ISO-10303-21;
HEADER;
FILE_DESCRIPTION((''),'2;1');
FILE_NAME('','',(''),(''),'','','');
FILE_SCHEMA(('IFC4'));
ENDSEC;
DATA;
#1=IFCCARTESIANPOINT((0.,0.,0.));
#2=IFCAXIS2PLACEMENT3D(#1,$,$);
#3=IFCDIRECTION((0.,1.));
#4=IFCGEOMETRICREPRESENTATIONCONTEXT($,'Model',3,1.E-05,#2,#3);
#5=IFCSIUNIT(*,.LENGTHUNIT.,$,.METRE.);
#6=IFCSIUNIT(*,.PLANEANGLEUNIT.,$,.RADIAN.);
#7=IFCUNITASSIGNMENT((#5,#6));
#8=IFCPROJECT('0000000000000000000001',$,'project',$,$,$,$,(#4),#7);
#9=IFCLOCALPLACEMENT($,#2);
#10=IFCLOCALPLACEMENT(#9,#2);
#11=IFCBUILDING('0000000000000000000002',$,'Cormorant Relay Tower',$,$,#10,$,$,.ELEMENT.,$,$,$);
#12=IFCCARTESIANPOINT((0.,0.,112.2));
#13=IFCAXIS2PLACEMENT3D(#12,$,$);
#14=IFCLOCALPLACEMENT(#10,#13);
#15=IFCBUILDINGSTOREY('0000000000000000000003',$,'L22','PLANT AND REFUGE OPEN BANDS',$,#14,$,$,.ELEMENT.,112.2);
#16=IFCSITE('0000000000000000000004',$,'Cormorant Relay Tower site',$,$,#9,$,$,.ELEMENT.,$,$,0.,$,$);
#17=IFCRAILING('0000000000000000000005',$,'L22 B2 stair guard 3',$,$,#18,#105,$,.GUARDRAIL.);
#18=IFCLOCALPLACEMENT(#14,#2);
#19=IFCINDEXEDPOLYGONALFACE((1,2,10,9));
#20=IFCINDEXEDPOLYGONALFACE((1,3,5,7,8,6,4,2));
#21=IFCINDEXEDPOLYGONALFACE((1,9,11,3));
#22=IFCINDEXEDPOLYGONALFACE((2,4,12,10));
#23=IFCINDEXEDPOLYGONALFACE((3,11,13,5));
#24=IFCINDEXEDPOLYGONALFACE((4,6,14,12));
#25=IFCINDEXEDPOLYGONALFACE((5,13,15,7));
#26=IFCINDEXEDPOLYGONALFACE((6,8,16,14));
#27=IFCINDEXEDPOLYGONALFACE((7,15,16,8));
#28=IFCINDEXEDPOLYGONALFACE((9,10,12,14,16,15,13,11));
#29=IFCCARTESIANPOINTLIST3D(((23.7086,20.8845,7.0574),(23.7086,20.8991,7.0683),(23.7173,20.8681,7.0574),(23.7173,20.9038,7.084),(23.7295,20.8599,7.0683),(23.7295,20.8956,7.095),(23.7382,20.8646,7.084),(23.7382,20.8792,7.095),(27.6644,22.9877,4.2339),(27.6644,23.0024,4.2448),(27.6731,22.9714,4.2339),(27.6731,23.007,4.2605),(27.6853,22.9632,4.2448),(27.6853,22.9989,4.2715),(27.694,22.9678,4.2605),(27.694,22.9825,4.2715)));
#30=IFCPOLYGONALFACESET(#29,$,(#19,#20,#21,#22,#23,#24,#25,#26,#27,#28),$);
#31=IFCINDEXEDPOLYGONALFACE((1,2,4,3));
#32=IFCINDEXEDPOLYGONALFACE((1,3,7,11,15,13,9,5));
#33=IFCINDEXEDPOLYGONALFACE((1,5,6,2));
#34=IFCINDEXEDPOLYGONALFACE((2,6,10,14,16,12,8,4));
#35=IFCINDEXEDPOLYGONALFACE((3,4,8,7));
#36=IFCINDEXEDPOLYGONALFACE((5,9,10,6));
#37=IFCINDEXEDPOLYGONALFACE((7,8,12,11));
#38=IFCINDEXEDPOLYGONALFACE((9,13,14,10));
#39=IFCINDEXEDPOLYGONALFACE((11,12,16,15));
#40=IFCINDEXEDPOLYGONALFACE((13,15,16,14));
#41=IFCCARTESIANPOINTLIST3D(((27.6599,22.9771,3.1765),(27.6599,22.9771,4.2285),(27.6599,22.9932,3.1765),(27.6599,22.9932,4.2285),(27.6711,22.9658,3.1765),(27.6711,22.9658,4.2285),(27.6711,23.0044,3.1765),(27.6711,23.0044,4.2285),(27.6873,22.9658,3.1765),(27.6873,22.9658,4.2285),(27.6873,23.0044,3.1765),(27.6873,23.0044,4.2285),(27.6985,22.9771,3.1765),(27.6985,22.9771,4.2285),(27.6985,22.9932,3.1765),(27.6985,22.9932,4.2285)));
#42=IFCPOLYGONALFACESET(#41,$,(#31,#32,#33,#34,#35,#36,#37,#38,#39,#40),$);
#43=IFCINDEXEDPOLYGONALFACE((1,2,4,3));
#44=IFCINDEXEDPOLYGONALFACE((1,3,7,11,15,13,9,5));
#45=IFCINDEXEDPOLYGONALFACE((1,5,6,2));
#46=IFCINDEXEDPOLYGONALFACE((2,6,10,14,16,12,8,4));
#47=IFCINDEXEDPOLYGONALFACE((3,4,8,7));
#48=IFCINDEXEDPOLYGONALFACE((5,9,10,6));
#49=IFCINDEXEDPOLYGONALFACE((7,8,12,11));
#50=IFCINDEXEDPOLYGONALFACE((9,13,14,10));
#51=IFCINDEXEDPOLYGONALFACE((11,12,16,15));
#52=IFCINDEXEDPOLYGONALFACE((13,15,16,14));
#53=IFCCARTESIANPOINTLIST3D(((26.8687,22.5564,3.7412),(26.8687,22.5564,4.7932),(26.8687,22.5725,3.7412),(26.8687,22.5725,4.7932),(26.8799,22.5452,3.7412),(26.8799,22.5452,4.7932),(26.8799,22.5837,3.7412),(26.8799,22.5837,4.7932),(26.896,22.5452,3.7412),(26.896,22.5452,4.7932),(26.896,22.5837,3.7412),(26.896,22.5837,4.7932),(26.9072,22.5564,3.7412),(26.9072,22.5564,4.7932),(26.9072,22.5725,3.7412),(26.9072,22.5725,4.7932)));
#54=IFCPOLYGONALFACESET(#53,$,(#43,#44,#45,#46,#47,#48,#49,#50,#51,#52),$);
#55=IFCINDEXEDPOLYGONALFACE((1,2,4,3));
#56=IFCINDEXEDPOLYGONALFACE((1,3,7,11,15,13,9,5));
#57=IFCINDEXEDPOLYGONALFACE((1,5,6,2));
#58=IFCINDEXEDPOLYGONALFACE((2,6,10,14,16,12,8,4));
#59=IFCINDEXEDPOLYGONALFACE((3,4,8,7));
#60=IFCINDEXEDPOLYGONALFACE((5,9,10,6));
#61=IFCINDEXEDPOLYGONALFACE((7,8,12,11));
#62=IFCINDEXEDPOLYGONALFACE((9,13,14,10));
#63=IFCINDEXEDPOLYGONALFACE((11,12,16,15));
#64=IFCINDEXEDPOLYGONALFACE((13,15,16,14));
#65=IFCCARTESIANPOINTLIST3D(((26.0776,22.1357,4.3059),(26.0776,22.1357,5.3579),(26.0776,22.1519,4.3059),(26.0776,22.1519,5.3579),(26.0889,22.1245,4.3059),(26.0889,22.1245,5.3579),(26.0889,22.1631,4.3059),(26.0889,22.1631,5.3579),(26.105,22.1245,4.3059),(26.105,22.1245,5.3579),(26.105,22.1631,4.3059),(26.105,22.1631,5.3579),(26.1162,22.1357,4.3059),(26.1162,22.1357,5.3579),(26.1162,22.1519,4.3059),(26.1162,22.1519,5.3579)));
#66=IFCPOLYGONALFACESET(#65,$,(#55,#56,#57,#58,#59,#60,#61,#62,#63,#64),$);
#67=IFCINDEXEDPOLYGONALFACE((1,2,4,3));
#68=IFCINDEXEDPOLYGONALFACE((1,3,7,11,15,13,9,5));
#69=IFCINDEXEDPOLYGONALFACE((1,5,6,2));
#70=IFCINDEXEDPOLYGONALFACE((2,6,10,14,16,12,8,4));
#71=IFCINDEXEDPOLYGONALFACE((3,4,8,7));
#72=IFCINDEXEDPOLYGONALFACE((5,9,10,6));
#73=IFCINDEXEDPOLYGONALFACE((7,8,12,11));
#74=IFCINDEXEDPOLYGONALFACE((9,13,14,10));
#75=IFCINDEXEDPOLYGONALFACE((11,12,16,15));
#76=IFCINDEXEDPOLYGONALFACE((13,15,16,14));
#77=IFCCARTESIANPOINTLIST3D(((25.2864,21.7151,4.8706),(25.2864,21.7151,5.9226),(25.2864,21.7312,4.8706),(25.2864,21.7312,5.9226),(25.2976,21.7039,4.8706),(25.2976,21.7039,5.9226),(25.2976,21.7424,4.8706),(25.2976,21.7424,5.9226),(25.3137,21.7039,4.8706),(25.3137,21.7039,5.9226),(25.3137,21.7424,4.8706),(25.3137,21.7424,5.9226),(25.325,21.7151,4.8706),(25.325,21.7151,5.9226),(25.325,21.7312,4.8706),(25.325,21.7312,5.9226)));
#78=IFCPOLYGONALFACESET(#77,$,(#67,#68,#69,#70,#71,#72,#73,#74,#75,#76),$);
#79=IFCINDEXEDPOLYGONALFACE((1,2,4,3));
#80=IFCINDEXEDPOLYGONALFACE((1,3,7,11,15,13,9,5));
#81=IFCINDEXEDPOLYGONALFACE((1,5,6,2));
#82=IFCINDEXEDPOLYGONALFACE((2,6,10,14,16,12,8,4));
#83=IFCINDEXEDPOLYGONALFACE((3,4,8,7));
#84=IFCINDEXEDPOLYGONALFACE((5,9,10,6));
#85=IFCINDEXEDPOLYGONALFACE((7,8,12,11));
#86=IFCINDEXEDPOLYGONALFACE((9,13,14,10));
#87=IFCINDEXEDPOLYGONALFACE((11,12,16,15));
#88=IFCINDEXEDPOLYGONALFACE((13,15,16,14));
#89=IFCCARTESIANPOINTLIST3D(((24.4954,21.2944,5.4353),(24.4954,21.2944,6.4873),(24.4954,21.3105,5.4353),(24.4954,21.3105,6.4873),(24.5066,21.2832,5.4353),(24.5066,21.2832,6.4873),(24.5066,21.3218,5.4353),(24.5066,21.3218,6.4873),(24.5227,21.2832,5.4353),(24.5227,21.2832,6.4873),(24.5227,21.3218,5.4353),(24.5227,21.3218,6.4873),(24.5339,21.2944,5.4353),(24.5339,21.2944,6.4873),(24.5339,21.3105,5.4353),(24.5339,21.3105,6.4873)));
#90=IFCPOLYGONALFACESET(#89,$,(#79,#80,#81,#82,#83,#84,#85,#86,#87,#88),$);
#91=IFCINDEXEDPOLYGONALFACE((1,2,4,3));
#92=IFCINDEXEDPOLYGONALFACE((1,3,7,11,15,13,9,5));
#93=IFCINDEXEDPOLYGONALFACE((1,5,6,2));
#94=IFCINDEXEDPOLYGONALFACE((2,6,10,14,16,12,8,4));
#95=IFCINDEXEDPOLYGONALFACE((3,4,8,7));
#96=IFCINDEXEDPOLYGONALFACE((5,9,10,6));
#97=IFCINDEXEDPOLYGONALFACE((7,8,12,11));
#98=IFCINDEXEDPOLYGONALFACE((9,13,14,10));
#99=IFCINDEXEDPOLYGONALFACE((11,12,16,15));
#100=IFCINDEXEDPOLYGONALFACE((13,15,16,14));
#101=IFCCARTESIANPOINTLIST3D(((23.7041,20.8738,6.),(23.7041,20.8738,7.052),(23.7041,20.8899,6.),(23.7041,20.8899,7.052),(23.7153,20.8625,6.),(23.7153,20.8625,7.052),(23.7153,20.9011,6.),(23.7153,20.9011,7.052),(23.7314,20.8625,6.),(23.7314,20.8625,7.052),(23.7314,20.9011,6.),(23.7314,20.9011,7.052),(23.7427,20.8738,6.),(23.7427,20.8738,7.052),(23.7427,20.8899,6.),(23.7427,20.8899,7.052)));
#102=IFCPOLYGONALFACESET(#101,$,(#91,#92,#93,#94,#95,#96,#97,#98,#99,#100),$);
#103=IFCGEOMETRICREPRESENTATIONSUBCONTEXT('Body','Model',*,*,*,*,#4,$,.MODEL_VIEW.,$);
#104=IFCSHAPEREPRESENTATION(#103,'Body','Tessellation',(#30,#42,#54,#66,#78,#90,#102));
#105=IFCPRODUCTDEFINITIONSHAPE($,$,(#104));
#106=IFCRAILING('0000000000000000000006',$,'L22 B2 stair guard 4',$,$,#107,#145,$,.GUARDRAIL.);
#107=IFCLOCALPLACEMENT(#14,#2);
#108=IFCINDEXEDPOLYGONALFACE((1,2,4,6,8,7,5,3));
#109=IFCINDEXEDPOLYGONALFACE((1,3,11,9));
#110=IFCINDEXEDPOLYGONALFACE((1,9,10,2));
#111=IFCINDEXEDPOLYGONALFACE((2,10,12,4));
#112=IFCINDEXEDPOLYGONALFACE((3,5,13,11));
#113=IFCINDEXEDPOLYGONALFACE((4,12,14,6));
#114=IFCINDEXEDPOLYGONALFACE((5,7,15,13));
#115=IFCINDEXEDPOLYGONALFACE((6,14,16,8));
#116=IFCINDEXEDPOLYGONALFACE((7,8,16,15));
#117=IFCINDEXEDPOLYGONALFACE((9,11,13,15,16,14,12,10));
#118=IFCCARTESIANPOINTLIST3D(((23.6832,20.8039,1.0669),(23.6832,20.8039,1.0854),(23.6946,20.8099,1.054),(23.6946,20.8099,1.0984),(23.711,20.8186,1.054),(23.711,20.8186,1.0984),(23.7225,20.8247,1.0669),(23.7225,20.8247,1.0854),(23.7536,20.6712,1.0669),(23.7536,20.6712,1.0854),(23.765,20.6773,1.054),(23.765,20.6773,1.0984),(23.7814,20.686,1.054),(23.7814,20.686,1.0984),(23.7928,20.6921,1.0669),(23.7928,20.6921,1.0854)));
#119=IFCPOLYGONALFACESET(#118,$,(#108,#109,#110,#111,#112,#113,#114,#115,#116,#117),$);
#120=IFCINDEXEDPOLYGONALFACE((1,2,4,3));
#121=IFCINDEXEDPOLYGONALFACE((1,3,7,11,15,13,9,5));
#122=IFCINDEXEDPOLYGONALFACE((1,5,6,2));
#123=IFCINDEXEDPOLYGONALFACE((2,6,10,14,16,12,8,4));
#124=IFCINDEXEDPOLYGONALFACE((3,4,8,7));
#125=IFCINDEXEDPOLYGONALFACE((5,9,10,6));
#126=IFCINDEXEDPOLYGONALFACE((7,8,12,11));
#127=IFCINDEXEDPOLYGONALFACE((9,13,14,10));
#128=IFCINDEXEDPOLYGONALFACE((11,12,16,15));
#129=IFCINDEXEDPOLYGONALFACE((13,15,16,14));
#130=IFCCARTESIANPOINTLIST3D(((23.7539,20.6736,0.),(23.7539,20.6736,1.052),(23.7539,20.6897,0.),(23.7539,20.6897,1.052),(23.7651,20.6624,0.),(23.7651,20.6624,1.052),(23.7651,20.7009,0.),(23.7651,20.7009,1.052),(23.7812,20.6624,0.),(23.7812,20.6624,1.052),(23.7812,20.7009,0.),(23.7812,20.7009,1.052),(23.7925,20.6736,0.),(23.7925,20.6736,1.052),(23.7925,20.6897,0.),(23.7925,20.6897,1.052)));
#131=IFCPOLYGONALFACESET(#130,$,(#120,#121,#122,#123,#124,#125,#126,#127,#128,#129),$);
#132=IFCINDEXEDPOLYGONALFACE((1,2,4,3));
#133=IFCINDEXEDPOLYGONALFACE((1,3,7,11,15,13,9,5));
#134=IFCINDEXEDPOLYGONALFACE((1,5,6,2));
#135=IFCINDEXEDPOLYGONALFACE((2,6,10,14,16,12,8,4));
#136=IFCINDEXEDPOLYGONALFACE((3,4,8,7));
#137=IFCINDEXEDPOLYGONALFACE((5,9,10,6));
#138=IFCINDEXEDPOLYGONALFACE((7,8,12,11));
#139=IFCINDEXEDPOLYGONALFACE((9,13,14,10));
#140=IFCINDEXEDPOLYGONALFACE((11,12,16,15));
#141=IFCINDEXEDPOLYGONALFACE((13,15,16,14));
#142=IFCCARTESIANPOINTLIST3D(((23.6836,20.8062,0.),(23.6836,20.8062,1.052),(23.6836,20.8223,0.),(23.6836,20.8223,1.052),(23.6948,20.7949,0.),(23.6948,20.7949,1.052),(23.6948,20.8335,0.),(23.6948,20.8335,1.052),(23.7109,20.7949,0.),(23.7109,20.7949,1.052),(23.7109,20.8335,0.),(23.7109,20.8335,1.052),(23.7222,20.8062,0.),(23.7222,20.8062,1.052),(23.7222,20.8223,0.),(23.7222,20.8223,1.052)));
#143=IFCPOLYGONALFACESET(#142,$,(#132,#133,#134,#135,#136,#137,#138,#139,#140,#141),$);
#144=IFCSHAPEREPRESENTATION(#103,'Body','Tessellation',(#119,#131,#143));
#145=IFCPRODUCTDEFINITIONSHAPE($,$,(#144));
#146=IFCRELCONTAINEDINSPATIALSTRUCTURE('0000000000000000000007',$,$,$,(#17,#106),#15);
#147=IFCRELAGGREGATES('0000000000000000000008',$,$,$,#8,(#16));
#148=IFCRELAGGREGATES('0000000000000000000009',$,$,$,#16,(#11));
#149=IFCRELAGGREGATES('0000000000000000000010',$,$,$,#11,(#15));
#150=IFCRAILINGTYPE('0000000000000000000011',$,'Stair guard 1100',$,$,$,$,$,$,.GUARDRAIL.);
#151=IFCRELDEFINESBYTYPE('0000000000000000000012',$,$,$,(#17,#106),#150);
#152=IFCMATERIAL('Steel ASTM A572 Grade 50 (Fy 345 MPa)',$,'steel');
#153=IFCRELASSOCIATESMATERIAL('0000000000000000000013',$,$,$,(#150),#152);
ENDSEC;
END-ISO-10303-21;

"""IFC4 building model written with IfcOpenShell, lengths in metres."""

from ifc_helpers import new_model, si_unit, direction, frame, origin, place, context, subcontext, project, spatial, polyline, outline, extrude, material, type_object, element, save


model = new_model("IFC4")

# Units and contexts
model_context = context("Model", 3, precision=1e-05, world=origin(), true_north=direction((0.0, 1.0)))
body_context = subcontext(model_context, "Body", "Model", "MODEL_VIEW")
ifc_project = project(units=[si_unit("LENGTHUNIT", "METRE"), si_unit("PLANEANGLEUNIT", "RADIAN")], contexts=[model_context])

# Site, building, storey
site_placement = place(None, origin())
site = spatial("IfcSite", under=ifc_project, at=site_placement, Name="Cormorant Relay Tower site", CompositionType="ELEMENT", RefElevation=0.0)
building_placement = place(site_placement, origin())
building = spatial("IfcBuilding", under=site, at=building_placement, Name="Cormorant Relay Tower", CompositionType="ELEMENT")
storey_placement = place(building_placement, frame((0.0, 0.0, 112.2)))
storey = spatial("IfcBuildingStorey", under=building, at=storey_placement, Name="L22", Description="PLANT AND REFUGE OPEN BANDS", CompositionType="ELEMENT", Elevation=112.2)

# Railings
ifc_material_1 = material(Name="Steel ASTM A572 Grade 50 (Fy 345 MPa)", Category="steel")
railing_type_1 = type_object("IfcRailingType", Name="Stair guard 1100", PredefinedType="GUARDRAIL", material=ifc_material_1)
railing_1_placement = place(storey_placement, frame((27.6792, 22.9851, 3.1765)))
element("IfcRailing", 1, at=railing_1_placement, inside=storey, type_object=railing_type_1, Name="L22 B2 stair guard 3", PredefinedType="GUARDRAIL", context=body_context, shape_type="SweptSolid", body=[
    extrude(outline(polyline([(0.0222, 0.0093), (0.0093, 0.0222), (-0.0093, 0.0222), (-0.0222, 0.0093), (-0.0222, -0.0093), (-0.0093, -0.0222), (0.0093, -0.0222), (0.0222, -0.0093), (0.0222, 0.0093)])), frame((0.0, 0.0, 1.0762), z_axis=(-0.746988, -0.397167, 0.533168), x_axis=(0.469459, -0.882954, 0.0)), (0.0, 0.0, 1.0), 5.2957),
    extrude(outline(polyline([(0.0193, 0.0081), (0.0081, 0.0193), (-0.0081, 0.0193), (-0.0193, 0.0081), (-0.0193, -0.0081), (-0.0081, -0.0193), (0.0081, -0.0193), (0.0193, -0.0081), (0.0193, 0.0081)])), origin(), (0.0, 0.0, 1.0), 1.052),
    extrude(outline(polyline([(0.0193, 0.0081), (0.0081, 0.0193), (-0.0081, 0.0193), (-0.0193, 0.0081), (-0.0193, -0.0081), (-0.0081, -0.0193), (0.0081, -0.0193), (0.0193, -0.0081), (0.0193, 0.0081)])), frame((-0.7913, -0.4207, 0.5647)), (0.0, 0.0, 1.0), 1.052),
    extrude(outline(polyline([(0.0193, 0.0081), (0.0081, 0.0193), (-0.0081, 0.0193), (-0.0193, 0.0081), (-0.0193, -0.0081), (-0.0081, -0.0193), (0.0081, -0.0193), (0.0193, -0.0081), (0.0193, 0.0081)])), frame((-1.5823, -0.8413, 1.1294)), (0.0, 0.0, 1.0), 1.052),
    extrude(outline(polyline([(0.0193, 0.0081), (0.0081, 0.0193), (-0.0081, 0.0193), (-0.0193, 0.0081), (-0.0193, -0.0081), (-0.0081, -0.0193), (0.0081, -0.0193), (0.0193, -0.0081), (0.0193, 0.0081)])), frame((-2.3735, -1.262, 1.6941)), (0.0, 0.0, 1.0), 1.052),
    extrude(outline(polyline([(0.0193, 0.0081), (0.0081, 0.0193), (-0.0081, 0.0193), (-0.0193, 0.0081), (-0.0193, -0.0081), (-0.0081, -0.0193), (0.0081, -0.0193), (0.0193, -0.0081), (0.0193, 0.0081)])), frame((-3.1646, -1.6826, 2.2588)), (0.0, 0.0, 1.0), 1.052),
    extrude(outline(polyline([(0.0193, 0.0081), (0.0081, 0.0193), (-0.0081, 0.0193), (-0.0193, 0.0081), (-0.0193, -0.0081), (-0.0081, -0.0193), (0.0081, -0.0193), (0.0193, -0.0081), (0.0193, 0.0081)])), frame((-3.9558, -2.1033, 2.8235)), (0.0, 0.0, 1.0), 1.052),
])
railing_2_placement = place(storey_placement, frame((23.7732, 20.6816, 0.0)))
element("IfcRailing", 2, at=railing_2_placement, inside=storey, type_object=railing_type_1, Name="L22 B2 stair guard 4", PredefinedType="GUARDRAIL", context=body_context, shape_type="SweptSolid", body=[
    extrude(outline(polyline([(0.0222, 0.0093), (0.0093, 0.0222), (-0.0093, 0.0222), (-0.0222, 0.0093), (-0.0222, -0.0093), (-0.0093, -0.0222), (0.0093, -0.0222), (0.0222, -0.0093), (0.0222, 0.0093)])), frame((0.0, 0.0, 1.0762), z_axis=(-0.46856, 0.883431, 0.0), x_axis=(-0.883431, -0.46856, 0.0)), (0.0, 0.0, 1.0), 0.1501),
    extrude(outline(polyline([(0.0193, 0.0081), (0.0081, 0.0193), (-0.0081, 0.0193), (-0.0193, 0.0081), (-0.0193, -0.0081), (-0.0081, -0.0193), (0.0081, -0.0193), (0.0193, -0.0081), (0.0193, 0.0081)])), origin(), (0.0, 0.0, 1.0), 1.052),
    extrude(outline(polyline([(0.0193, 0.0081), (0.0081, 0.0193), (-0.0081, 0.0193), (-0.0193, 0.0081), (-0.0193, -0.0081), (-0.0081, -0.0193), (0.0081, -0.0193), (0.0193, -0.0081), (0.0193, 0.0081)])), frame((-0.0703, 0.1326, 0.0)), (0.0, 0.0, 1.0), 1.052),
])

save(model, "model.ifc")
